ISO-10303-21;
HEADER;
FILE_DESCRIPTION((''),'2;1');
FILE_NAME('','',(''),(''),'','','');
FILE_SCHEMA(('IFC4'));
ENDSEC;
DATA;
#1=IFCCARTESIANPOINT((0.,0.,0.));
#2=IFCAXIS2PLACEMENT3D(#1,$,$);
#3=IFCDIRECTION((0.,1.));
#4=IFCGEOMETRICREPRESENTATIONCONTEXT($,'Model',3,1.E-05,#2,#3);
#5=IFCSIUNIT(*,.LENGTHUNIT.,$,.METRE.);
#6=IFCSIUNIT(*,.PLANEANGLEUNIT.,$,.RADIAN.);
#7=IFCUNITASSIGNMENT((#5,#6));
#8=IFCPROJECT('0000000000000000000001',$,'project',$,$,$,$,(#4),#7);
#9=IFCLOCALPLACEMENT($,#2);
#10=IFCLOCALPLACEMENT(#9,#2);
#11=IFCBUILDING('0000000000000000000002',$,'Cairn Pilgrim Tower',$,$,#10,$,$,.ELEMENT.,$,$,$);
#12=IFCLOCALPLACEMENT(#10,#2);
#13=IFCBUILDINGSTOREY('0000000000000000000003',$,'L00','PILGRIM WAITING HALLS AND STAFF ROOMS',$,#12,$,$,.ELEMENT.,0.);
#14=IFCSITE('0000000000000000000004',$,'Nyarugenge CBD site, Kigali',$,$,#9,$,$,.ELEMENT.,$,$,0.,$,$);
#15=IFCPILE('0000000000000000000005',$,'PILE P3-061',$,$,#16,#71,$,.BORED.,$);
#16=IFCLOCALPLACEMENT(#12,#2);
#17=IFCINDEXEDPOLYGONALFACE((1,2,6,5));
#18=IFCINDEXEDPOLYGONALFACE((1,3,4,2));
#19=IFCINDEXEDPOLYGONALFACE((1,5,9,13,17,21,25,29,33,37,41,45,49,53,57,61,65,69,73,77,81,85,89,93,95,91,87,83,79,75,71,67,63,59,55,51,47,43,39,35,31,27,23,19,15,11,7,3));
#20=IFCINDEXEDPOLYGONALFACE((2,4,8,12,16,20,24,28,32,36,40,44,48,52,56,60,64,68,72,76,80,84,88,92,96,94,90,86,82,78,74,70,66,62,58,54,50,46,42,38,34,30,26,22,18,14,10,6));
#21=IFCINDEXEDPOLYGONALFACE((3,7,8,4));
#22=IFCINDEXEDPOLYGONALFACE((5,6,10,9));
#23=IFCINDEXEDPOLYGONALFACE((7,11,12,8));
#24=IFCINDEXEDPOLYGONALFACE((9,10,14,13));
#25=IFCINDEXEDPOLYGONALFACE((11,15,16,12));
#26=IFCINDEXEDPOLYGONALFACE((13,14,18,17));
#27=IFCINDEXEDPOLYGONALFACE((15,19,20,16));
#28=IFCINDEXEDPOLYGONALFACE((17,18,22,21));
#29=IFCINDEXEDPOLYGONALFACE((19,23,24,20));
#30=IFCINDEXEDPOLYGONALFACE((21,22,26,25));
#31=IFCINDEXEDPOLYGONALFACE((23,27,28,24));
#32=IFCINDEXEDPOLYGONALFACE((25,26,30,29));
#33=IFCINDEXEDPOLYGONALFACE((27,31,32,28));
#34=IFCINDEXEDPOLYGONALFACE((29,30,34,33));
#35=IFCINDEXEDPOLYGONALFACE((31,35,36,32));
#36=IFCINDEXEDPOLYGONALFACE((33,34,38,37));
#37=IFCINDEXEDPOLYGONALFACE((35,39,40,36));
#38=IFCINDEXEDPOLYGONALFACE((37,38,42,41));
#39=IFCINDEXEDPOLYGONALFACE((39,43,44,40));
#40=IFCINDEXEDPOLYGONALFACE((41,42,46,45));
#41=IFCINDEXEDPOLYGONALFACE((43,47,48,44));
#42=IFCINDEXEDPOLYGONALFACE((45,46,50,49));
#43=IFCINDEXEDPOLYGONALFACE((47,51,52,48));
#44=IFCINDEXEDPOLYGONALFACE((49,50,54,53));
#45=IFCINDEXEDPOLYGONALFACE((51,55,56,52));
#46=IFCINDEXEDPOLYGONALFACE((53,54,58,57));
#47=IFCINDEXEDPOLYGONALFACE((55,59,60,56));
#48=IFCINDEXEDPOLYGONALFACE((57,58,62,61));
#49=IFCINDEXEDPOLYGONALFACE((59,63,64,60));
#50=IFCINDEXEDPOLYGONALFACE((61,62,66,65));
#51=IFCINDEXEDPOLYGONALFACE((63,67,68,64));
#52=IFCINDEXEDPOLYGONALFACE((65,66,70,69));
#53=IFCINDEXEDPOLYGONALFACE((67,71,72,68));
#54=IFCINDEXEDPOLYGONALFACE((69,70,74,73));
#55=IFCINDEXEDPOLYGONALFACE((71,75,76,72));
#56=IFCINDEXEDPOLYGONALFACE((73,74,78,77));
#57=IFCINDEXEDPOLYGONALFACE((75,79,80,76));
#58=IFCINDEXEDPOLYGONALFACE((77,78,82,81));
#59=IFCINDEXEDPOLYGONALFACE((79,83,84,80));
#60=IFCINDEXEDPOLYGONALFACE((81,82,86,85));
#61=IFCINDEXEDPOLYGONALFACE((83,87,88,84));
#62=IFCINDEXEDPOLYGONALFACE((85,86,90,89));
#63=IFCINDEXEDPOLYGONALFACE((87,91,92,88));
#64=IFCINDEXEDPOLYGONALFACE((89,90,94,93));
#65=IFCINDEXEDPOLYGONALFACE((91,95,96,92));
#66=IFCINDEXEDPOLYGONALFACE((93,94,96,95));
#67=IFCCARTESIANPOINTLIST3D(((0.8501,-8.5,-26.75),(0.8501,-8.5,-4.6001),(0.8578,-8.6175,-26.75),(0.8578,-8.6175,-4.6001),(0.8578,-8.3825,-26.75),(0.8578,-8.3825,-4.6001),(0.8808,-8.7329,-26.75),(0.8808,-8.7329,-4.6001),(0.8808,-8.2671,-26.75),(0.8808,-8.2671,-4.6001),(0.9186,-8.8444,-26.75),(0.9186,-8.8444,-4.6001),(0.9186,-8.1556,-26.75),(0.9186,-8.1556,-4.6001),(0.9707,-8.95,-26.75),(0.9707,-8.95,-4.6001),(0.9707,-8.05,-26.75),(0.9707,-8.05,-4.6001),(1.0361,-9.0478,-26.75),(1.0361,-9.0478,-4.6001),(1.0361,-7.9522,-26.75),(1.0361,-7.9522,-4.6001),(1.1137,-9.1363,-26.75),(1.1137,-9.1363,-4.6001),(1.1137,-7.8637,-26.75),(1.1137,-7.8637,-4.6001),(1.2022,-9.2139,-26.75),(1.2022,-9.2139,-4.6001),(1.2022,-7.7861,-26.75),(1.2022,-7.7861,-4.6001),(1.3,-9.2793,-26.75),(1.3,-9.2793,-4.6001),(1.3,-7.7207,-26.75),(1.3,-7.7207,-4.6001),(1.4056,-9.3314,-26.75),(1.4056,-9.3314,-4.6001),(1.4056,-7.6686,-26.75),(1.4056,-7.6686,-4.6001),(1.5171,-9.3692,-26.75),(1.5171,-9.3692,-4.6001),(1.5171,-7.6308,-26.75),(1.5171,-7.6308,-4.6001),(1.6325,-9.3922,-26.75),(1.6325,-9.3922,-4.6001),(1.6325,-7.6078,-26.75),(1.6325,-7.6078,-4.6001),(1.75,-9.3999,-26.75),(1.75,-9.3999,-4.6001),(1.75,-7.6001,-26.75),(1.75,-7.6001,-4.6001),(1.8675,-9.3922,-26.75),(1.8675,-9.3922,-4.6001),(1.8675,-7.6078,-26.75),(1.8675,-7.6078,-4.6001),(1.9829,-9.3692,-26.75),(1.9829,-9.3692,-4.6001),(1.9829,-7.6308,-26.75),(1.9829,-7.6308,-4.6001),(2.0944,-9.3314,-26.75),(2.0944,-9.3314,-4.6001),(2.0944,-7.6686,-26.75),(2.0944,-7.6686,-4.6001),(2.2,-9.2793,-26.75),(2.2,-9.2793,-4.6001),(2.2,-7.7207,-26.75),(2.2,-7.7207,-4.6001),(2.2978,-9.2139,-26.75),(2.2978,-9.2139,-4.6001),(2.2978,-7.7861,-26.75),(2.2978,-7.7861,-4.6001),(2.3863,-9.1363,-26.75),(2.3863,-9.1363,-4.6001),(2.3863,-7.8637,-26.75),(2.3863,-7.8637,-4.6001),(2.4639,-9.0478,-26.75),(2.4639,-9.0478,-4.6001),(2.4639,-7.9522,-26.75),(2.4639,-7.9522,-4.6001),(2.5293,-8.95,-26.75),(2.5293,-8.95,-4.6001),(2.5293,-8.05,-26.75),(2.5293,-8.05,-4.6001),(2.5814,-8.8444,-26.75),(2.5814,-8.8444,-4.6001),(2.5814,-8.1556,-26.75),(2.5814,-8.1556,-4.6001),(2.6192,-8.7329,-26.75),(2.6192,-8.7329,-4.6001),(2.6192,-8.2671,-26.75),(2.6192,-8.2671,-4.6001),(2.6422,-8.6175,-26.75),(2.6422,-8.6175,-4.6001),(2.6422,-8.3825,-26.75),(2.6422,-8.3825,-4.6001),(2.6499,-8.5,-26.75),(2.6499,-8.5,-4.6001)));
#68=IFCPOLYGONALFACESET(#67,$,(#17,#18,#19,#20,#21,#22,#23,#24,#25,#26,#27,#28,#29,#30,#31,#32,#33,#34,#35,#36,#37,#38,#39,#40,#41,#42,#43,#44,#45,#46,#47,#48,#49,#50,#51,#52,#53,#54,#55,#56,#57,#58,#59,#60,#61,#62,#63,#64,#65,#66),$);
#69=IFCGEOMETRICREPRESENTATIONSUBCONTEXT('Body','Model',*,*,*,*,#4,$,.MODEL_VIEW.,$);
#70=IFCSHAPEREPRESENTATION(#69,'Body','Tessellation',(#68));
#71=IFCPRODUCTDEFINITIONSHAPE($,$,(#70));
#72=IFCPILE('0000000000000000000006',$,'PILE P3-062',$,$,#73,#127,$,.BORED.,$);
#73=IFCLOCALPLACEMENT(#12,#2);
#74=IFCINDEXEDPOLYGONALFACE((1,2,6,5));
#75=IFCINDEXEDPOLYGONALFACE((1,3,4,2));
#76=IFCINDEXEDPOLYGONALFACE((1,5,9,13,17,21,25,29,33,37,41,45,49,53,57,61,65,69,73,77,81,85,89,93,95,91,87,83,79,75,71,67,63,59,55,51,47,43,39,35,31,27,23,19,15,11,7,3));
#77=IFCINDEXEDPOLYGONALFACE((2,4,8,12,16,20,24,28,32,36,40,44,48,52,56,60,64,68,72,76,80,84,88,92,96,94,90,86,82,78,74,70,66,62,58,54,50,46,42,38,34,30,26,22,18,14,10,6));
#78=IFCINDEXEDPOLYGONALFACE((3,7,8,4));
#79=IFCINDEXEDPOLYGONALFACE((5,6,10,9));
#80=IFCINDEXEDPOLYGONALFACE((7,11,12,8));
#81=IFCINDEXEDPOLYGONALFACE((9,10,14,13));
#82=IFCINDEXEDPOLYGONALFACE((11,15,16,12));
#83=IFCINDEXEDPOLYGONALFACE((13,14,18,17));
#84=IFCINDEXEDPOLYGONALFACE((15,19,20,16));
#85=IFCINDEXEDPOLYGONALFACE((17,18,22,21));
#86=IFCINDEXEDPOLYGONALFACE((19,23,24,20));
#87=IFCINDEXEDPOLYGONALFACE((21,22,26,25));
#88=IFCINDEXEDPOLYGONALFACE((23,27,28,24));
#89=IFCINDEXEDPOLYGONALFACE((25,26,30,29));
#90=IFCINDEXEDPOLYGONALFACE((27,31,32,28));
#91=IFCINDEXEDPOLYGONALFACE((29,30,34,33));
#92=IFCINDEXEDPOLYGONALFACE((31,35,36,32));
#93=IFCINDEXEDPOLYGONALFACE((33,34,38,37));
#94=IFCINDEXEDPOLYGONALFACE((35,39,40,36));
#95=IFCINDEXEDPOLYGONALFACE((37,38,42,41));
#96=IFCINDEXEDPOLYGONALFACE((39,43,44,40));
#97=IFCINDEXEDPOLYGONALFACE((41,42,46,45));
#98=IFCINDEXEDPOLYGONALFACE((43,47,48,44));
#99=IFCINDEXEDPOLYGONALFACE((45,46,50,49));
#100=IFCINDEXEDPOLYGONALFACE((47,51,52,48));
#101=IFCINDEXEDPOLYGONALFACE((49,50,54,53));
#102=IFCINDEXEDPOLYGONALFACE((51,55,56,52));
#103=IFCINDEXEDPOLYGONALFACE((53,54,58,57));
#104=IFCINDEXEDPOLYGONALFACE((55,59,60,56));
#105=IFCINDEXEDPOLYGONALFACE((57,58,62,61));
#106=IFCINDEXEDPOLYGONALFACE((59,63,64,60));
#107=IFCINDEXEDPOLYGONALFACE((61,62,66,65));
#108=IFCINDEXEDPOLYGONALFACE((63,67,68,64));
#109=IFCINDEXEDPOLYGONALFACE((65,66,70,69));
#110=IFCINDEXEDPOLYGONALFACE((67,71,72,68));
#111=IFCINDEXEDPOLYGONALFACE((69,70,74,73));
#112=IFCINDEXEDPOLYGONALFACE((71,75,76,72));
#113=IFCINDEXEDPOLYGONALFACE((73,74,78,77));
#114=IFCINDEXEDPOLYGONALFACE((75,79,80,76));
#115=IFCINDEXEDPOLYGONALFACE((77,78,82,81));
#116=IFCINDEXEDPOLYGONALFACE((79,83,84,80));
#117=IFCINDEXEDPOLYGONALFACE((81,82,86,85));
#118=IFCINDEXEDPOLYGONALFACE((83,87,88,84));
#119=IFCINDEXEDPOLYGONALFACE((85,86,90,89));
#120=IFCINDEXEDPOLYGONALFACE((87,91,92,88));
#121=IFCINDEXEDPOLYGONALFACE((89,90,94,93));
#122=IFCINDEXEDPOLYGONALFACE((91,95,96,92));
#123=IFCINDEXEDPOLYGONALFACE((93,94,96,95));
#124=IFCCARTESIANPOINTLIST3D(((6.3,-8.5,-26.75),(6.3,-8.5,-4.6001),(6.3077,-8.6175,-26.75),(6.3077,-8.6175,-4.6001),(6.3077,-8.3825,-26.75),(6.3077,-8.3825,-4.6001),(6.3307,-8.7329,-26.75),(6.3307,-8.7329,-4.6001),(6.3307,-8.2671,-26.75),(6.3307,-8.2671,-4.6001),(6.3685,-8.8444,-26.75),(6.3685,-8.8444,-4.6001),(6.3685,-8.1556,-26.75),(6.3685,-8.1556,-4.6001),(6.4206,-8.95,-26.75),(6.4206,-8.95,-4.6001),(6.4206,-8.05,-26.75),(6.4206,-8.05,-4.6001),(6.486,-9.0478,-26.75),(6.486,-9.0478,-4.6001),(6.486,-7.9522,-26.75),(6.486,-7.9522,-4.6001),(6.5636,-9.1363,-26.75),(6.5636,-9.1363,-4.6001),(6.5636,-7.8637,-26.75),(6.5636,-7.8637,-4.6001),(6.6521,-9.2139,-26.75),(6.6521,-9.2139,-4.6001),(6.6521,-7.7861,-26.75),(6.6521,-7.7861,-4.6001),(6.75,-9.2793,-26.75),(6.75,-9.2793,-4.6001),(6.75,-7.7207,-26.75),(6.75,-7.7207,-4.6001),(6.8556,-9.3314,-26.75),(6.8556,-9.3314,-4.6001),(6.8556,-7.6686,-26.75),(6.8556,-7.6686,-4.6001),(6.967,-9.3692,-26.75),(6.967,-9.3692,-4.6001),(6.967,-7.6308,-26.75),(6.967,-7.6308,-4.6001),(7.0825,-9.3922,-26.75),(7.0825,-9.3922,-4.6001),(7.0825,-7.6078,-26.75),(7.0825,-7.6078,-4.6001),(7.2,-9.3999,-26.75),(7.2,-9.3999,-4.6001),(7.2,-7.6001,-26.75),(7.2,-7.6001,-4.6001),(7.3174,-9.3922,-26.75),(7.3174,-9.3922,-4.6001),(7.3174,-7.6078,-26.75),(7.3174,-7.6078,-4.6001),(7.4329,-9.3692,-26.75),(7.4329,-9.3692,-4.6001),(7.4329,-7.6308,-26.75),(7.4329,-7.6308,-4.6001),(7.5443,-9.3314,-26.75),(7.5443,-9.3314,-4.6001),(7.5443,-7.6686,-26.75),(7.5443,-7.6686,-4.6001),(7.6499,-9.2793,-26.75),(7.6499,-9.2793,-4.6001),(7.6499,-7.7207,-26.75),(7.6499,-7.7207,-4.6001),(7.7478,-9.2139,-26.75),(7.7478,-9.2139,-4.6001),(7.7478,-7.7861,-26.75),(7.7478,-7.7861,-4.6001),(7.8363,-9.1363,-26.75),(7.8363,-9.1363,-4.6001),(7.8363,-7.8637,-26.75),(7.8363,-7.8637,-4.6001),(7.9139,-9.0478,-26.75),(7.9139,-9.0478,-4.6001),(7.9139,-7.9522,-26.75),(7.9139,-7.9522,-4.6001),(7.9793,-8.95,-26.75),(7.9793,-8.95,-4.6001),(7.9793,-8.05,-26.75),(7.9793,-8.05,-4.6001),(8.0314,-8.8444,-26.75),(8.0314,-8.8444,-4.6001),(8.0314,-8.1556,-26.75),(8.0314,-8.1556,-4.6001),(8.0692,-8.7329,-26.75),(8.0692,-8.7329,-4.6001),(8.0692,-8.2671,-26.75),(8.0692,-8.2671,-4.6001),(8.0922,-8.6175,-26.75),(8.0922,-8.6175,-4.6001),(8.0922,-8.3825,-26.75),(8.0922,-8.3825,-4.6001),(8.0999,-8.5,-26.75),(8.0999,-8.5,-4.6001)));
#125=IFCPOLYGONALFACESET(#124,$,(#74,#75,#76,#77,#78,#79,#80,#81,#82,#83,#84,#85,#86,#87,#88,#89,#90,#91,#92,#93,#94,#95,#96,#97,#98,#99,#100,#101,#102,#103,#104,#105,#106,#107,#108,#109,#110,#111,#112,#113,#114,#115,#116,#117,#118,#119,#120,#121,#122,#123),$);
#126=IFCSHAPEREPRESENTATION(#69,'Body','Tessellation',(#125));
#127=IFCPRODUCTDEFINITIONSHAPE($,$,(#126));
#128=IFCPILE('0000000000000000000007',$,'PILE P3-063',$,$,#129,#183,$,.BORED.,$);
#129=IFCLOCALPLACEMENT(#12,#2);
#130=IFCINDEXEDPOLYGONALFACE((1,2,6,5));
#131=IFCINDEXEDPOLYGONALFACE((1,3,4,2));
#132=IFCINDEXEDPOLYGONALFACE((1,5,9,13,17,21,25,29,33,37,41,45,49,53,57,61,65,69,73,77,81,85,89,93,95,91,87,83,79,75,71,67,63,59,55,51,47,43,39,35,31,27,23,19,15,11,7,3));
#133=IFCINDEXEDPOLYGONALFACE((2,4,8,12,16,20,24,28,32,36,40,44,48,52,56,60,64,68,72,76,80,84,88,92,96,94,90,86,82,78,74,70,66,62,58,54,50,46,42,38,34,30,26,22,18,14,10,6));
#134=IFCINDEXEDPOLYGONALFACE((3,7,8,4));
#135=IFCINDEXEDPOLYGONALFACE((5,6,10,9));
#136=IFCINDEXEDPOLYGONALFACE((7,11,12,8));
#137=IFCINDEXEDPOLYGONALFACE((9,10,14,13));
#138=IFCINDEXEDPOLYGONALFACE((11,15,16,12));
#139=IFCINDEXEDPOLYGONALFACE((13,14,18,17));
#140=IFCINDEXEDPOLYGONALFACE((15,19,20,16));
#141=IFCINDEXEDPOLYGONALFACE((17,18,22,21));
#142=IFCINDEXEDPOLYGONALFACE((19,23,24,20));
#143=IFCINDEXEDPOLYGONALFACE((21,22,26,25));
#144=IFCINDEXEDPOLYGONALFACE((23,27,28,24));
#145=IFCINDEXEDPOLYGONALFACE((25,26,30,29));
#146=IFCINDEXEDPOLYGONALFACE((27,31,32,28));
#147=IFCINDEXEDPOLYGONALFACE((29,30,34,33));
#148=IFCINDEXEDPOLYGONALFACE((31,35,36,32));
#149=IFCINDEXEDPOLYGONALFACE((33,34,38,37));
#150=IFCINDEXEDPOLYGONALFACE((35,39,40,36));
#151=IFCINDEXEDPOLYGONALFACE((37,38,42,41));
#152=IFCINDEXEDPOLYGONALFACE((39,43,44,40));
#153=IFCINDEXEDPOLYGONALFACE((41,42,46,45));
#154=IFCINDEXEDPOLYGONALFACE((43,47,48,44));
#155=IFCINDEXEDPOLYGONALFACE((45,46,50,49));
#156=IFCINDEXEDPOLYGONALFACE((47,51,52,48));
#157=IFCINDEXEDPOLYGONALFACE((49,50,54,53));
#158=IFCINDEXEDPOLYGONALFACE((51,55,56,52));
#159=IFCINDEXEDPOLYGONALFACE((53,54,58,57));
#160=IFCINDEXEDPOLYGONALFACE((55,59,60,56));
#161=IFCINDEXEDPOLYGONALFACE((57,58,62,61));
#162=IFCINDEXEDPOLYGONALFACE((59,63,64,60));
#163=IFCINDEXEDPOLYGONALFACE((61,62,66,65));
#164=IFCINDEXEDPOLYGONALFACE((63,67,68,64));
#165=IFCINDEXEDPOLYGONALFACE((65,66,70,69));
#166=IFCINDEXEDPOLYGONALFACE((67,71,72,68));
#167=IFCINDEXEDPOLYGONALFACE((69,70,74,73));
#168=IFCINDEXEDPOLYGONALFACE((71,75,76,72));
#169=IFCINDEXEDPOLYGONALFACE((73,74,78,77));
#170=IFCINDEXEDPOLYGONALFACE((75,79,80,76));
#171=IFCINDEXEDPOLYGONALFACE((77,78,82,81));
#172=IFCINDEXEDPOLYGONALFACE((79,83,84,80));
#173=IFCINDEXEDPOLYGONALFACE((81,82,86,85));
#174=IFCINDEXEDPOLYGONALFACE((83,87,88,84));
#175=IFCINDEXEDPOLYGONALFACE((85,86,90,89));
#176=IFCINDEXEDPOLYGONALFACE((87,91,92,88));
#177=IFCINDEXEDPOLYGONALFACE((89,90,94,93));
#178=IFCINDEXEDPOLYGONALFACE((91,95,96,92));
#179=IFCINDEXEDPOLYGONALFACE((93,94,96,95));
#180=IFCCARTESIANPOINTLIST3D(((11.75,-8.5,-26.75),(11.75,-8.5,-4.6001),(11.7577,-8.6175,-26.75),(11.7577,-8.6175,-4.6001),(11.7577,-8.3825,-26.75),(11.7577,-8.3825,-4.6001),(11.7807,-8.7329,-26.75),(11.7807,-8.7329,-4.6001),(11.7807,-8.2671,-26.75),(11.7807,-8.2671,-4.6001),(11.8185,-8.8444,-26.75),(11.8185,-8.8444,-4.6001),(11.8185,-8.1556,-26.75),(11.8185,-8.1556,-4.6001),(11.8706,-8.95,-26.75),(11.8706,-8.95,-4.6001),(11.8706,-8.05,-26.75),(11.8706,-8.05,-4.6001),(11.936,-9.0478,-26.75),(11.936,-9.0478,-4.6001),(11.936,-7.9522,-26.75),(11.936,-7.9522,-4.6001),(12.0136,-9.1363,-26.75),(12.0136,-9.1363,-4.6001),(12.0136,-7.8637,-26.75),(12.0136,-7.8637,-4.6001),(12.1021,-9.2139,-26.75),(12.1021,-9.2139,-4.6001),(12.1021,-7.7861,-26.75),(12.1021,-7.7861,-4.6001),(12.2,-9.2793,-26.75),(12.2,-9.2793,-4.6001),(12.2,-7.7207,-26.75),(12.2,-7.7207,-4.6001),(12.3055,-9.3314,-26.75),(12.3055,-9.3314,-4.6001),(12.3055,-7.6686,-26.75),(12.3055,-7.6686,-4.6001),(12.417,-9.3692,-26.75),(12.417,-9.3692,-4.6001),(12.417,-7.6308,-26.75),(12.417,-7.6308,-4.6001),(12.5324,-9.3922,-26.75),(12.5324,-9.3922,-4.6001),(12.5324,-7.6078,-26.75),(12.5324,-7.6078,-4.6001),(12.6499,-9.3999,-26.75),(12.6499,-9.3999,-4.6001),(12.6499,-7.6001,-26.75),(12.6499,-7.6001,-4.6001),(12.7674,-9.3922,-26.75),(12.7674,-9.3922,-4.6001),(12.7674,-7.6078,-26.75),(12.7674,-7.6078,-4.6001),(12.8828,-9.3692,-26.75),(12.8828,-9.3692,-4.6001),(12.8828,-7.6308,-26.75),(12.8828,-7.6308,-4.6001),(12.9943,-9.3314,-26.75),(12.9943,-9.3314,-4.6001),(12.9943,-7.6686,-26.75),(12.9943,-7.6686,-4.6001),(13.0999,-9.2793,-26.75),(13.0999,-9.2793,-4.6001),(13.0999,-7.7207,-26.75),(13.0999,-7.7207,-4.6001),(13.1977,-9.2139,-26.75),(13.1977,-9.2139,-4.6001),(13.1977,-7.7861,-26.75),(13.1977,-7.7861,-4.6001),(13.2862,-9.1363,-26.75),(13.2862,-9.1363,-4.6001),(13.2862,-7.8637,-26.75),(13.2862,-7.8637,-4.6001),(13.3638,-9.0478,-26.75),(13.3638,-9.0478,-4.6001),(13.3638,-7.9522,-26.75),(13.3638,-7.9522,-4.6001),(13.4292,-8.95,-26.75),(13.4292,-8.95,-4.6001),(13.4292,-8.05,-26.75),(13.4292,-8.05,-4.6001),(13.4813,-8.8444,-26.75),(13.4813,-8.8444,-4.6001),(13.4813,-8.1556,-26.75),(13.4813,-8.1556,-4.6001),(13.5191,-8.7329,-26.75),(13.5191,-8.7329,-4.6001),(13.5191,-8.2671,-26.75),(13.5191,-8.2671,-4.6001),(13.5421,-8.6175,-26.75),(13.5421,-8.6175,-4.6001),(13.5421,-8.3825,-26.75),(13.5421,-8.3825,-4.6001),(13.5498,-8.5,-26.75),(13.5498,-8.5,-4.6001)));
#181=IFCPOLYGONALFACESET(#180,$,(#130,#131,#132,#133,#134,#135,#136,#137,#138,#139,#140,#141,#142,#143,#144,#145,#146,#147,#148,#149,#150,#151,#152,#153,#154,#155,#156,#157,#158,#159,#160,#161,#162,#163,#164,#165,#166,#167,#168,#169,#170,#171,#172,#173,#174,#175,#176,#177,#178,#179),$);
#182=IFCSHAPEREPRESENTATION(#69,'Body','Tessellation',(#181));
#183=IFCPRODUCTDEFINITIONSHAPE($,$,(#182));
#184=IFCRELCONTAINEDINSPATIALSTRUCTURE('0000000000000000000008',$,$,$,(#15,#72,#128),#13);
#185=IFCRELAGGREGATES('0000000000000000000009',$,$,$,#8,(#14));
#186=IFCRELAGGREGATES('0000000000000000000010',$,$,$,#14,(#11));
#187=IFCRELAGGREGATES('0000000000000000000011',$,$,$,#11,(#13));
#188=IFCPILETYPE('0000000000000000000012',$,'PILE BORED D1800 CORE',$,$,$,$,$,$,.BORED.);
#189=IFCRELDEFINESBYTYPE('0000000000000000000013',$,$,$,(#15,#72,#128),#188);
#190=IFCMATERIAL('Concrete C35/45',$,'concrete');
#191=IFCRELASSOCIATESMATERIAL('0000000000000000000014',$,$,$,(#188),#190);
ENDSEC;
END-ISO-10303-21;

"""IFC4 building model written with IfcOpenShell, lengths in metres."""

from ifc_helpers import new_model, si_unit, direction, frame, origin, origin_2d, place, context, subcontext, project, spatial, circle, extrude, material, material_profile, profile_set, type_object, element, save


model = new_model("IFC4")

# Units and contexts
model_context = context("Model", 3, precision=1e-05, world=origin(), true_north=direction((0.0, 1.0)))
body_context = subcontext(model_context, "Body", "Model", "MODEL_VIEW")
ifc_project = project(units=[si_unit("LENGTHUNIT", "METRE"), si_unit("PLANEANGLEUNIT", "RADIAN")], contexts=[model_context])

# Site, building, storey
site_placement = place(None, origin())
site = spatial("IfcSite", under=ifc_project, at=site_placement, Name="Nyarugenge CBD site, Kigali", CompositionType="ELEMENT", RefElevation=0.0)
building_placement = place(site_placement, origin())
building = spatial("IfcBuilding", under=site, at=building_placement, Name="Cairn Pilgrim Tower", CompositionType="ELEMENT")
storey_placement = place(building_placement, origin())
storey = spatial("IfcBuildingStorey", under=building, at=storey_placement, Name="L00", Description="PILGRIM WAITING HALLS AND STAFF ROOMS", CompositionType="ELEMENT", Elevation=0.0)

# Piles
ifc_material_1 = material(Name="Concrete C35/45", Category="concrete")
ifc_material_profile_1 = material_profile(ifc_material_1, circle(Radius=0.8999, at=origin_2d()), Name="D1800")
ifc_profile_set_1 = profile_set([ifc_material_profile_1], Name="Concrete C35/45")
pile_type_1 = type_object("IfcPileType", Name="PILE BORED D1800 CORE", PredefinedType="BORED", material=ifc_profile_set_1)
for number, where, z_axis, x_axis, name in (
    (1, (1.75, -8.5, -4.6001), (0.0, 0.0, -1.0), (1.0, 0.0, 0.0), "PILE P3-061"),
    (2, (7.2, -8.5, -4.6001), (0.0, 0.0, -1.0), (1.0, 0.0, 0.0), "PILE P3-062"),
    (3, (12.6499, -8.5, -4.6001), (0.0, 0.0, -1.0), (1.0, 0.0, 0.0), "PILE P3-063"),
):
    element("IfcPile", number, at=place(storey_placement, frame(where, z_axis=z_axis, x_axis=x_axis)), inside=storey, type_object=pile_type_1, Name=name, PredefinedType="BORED", context=body_context, shape_type="SweptSolid", body=[
        extrude(circle(Radius=0.8999, at=origin_2d()), origin(), (0.0, 0.0, 1.0), 22.1499),
    ])

save(model, "model.ifc")
